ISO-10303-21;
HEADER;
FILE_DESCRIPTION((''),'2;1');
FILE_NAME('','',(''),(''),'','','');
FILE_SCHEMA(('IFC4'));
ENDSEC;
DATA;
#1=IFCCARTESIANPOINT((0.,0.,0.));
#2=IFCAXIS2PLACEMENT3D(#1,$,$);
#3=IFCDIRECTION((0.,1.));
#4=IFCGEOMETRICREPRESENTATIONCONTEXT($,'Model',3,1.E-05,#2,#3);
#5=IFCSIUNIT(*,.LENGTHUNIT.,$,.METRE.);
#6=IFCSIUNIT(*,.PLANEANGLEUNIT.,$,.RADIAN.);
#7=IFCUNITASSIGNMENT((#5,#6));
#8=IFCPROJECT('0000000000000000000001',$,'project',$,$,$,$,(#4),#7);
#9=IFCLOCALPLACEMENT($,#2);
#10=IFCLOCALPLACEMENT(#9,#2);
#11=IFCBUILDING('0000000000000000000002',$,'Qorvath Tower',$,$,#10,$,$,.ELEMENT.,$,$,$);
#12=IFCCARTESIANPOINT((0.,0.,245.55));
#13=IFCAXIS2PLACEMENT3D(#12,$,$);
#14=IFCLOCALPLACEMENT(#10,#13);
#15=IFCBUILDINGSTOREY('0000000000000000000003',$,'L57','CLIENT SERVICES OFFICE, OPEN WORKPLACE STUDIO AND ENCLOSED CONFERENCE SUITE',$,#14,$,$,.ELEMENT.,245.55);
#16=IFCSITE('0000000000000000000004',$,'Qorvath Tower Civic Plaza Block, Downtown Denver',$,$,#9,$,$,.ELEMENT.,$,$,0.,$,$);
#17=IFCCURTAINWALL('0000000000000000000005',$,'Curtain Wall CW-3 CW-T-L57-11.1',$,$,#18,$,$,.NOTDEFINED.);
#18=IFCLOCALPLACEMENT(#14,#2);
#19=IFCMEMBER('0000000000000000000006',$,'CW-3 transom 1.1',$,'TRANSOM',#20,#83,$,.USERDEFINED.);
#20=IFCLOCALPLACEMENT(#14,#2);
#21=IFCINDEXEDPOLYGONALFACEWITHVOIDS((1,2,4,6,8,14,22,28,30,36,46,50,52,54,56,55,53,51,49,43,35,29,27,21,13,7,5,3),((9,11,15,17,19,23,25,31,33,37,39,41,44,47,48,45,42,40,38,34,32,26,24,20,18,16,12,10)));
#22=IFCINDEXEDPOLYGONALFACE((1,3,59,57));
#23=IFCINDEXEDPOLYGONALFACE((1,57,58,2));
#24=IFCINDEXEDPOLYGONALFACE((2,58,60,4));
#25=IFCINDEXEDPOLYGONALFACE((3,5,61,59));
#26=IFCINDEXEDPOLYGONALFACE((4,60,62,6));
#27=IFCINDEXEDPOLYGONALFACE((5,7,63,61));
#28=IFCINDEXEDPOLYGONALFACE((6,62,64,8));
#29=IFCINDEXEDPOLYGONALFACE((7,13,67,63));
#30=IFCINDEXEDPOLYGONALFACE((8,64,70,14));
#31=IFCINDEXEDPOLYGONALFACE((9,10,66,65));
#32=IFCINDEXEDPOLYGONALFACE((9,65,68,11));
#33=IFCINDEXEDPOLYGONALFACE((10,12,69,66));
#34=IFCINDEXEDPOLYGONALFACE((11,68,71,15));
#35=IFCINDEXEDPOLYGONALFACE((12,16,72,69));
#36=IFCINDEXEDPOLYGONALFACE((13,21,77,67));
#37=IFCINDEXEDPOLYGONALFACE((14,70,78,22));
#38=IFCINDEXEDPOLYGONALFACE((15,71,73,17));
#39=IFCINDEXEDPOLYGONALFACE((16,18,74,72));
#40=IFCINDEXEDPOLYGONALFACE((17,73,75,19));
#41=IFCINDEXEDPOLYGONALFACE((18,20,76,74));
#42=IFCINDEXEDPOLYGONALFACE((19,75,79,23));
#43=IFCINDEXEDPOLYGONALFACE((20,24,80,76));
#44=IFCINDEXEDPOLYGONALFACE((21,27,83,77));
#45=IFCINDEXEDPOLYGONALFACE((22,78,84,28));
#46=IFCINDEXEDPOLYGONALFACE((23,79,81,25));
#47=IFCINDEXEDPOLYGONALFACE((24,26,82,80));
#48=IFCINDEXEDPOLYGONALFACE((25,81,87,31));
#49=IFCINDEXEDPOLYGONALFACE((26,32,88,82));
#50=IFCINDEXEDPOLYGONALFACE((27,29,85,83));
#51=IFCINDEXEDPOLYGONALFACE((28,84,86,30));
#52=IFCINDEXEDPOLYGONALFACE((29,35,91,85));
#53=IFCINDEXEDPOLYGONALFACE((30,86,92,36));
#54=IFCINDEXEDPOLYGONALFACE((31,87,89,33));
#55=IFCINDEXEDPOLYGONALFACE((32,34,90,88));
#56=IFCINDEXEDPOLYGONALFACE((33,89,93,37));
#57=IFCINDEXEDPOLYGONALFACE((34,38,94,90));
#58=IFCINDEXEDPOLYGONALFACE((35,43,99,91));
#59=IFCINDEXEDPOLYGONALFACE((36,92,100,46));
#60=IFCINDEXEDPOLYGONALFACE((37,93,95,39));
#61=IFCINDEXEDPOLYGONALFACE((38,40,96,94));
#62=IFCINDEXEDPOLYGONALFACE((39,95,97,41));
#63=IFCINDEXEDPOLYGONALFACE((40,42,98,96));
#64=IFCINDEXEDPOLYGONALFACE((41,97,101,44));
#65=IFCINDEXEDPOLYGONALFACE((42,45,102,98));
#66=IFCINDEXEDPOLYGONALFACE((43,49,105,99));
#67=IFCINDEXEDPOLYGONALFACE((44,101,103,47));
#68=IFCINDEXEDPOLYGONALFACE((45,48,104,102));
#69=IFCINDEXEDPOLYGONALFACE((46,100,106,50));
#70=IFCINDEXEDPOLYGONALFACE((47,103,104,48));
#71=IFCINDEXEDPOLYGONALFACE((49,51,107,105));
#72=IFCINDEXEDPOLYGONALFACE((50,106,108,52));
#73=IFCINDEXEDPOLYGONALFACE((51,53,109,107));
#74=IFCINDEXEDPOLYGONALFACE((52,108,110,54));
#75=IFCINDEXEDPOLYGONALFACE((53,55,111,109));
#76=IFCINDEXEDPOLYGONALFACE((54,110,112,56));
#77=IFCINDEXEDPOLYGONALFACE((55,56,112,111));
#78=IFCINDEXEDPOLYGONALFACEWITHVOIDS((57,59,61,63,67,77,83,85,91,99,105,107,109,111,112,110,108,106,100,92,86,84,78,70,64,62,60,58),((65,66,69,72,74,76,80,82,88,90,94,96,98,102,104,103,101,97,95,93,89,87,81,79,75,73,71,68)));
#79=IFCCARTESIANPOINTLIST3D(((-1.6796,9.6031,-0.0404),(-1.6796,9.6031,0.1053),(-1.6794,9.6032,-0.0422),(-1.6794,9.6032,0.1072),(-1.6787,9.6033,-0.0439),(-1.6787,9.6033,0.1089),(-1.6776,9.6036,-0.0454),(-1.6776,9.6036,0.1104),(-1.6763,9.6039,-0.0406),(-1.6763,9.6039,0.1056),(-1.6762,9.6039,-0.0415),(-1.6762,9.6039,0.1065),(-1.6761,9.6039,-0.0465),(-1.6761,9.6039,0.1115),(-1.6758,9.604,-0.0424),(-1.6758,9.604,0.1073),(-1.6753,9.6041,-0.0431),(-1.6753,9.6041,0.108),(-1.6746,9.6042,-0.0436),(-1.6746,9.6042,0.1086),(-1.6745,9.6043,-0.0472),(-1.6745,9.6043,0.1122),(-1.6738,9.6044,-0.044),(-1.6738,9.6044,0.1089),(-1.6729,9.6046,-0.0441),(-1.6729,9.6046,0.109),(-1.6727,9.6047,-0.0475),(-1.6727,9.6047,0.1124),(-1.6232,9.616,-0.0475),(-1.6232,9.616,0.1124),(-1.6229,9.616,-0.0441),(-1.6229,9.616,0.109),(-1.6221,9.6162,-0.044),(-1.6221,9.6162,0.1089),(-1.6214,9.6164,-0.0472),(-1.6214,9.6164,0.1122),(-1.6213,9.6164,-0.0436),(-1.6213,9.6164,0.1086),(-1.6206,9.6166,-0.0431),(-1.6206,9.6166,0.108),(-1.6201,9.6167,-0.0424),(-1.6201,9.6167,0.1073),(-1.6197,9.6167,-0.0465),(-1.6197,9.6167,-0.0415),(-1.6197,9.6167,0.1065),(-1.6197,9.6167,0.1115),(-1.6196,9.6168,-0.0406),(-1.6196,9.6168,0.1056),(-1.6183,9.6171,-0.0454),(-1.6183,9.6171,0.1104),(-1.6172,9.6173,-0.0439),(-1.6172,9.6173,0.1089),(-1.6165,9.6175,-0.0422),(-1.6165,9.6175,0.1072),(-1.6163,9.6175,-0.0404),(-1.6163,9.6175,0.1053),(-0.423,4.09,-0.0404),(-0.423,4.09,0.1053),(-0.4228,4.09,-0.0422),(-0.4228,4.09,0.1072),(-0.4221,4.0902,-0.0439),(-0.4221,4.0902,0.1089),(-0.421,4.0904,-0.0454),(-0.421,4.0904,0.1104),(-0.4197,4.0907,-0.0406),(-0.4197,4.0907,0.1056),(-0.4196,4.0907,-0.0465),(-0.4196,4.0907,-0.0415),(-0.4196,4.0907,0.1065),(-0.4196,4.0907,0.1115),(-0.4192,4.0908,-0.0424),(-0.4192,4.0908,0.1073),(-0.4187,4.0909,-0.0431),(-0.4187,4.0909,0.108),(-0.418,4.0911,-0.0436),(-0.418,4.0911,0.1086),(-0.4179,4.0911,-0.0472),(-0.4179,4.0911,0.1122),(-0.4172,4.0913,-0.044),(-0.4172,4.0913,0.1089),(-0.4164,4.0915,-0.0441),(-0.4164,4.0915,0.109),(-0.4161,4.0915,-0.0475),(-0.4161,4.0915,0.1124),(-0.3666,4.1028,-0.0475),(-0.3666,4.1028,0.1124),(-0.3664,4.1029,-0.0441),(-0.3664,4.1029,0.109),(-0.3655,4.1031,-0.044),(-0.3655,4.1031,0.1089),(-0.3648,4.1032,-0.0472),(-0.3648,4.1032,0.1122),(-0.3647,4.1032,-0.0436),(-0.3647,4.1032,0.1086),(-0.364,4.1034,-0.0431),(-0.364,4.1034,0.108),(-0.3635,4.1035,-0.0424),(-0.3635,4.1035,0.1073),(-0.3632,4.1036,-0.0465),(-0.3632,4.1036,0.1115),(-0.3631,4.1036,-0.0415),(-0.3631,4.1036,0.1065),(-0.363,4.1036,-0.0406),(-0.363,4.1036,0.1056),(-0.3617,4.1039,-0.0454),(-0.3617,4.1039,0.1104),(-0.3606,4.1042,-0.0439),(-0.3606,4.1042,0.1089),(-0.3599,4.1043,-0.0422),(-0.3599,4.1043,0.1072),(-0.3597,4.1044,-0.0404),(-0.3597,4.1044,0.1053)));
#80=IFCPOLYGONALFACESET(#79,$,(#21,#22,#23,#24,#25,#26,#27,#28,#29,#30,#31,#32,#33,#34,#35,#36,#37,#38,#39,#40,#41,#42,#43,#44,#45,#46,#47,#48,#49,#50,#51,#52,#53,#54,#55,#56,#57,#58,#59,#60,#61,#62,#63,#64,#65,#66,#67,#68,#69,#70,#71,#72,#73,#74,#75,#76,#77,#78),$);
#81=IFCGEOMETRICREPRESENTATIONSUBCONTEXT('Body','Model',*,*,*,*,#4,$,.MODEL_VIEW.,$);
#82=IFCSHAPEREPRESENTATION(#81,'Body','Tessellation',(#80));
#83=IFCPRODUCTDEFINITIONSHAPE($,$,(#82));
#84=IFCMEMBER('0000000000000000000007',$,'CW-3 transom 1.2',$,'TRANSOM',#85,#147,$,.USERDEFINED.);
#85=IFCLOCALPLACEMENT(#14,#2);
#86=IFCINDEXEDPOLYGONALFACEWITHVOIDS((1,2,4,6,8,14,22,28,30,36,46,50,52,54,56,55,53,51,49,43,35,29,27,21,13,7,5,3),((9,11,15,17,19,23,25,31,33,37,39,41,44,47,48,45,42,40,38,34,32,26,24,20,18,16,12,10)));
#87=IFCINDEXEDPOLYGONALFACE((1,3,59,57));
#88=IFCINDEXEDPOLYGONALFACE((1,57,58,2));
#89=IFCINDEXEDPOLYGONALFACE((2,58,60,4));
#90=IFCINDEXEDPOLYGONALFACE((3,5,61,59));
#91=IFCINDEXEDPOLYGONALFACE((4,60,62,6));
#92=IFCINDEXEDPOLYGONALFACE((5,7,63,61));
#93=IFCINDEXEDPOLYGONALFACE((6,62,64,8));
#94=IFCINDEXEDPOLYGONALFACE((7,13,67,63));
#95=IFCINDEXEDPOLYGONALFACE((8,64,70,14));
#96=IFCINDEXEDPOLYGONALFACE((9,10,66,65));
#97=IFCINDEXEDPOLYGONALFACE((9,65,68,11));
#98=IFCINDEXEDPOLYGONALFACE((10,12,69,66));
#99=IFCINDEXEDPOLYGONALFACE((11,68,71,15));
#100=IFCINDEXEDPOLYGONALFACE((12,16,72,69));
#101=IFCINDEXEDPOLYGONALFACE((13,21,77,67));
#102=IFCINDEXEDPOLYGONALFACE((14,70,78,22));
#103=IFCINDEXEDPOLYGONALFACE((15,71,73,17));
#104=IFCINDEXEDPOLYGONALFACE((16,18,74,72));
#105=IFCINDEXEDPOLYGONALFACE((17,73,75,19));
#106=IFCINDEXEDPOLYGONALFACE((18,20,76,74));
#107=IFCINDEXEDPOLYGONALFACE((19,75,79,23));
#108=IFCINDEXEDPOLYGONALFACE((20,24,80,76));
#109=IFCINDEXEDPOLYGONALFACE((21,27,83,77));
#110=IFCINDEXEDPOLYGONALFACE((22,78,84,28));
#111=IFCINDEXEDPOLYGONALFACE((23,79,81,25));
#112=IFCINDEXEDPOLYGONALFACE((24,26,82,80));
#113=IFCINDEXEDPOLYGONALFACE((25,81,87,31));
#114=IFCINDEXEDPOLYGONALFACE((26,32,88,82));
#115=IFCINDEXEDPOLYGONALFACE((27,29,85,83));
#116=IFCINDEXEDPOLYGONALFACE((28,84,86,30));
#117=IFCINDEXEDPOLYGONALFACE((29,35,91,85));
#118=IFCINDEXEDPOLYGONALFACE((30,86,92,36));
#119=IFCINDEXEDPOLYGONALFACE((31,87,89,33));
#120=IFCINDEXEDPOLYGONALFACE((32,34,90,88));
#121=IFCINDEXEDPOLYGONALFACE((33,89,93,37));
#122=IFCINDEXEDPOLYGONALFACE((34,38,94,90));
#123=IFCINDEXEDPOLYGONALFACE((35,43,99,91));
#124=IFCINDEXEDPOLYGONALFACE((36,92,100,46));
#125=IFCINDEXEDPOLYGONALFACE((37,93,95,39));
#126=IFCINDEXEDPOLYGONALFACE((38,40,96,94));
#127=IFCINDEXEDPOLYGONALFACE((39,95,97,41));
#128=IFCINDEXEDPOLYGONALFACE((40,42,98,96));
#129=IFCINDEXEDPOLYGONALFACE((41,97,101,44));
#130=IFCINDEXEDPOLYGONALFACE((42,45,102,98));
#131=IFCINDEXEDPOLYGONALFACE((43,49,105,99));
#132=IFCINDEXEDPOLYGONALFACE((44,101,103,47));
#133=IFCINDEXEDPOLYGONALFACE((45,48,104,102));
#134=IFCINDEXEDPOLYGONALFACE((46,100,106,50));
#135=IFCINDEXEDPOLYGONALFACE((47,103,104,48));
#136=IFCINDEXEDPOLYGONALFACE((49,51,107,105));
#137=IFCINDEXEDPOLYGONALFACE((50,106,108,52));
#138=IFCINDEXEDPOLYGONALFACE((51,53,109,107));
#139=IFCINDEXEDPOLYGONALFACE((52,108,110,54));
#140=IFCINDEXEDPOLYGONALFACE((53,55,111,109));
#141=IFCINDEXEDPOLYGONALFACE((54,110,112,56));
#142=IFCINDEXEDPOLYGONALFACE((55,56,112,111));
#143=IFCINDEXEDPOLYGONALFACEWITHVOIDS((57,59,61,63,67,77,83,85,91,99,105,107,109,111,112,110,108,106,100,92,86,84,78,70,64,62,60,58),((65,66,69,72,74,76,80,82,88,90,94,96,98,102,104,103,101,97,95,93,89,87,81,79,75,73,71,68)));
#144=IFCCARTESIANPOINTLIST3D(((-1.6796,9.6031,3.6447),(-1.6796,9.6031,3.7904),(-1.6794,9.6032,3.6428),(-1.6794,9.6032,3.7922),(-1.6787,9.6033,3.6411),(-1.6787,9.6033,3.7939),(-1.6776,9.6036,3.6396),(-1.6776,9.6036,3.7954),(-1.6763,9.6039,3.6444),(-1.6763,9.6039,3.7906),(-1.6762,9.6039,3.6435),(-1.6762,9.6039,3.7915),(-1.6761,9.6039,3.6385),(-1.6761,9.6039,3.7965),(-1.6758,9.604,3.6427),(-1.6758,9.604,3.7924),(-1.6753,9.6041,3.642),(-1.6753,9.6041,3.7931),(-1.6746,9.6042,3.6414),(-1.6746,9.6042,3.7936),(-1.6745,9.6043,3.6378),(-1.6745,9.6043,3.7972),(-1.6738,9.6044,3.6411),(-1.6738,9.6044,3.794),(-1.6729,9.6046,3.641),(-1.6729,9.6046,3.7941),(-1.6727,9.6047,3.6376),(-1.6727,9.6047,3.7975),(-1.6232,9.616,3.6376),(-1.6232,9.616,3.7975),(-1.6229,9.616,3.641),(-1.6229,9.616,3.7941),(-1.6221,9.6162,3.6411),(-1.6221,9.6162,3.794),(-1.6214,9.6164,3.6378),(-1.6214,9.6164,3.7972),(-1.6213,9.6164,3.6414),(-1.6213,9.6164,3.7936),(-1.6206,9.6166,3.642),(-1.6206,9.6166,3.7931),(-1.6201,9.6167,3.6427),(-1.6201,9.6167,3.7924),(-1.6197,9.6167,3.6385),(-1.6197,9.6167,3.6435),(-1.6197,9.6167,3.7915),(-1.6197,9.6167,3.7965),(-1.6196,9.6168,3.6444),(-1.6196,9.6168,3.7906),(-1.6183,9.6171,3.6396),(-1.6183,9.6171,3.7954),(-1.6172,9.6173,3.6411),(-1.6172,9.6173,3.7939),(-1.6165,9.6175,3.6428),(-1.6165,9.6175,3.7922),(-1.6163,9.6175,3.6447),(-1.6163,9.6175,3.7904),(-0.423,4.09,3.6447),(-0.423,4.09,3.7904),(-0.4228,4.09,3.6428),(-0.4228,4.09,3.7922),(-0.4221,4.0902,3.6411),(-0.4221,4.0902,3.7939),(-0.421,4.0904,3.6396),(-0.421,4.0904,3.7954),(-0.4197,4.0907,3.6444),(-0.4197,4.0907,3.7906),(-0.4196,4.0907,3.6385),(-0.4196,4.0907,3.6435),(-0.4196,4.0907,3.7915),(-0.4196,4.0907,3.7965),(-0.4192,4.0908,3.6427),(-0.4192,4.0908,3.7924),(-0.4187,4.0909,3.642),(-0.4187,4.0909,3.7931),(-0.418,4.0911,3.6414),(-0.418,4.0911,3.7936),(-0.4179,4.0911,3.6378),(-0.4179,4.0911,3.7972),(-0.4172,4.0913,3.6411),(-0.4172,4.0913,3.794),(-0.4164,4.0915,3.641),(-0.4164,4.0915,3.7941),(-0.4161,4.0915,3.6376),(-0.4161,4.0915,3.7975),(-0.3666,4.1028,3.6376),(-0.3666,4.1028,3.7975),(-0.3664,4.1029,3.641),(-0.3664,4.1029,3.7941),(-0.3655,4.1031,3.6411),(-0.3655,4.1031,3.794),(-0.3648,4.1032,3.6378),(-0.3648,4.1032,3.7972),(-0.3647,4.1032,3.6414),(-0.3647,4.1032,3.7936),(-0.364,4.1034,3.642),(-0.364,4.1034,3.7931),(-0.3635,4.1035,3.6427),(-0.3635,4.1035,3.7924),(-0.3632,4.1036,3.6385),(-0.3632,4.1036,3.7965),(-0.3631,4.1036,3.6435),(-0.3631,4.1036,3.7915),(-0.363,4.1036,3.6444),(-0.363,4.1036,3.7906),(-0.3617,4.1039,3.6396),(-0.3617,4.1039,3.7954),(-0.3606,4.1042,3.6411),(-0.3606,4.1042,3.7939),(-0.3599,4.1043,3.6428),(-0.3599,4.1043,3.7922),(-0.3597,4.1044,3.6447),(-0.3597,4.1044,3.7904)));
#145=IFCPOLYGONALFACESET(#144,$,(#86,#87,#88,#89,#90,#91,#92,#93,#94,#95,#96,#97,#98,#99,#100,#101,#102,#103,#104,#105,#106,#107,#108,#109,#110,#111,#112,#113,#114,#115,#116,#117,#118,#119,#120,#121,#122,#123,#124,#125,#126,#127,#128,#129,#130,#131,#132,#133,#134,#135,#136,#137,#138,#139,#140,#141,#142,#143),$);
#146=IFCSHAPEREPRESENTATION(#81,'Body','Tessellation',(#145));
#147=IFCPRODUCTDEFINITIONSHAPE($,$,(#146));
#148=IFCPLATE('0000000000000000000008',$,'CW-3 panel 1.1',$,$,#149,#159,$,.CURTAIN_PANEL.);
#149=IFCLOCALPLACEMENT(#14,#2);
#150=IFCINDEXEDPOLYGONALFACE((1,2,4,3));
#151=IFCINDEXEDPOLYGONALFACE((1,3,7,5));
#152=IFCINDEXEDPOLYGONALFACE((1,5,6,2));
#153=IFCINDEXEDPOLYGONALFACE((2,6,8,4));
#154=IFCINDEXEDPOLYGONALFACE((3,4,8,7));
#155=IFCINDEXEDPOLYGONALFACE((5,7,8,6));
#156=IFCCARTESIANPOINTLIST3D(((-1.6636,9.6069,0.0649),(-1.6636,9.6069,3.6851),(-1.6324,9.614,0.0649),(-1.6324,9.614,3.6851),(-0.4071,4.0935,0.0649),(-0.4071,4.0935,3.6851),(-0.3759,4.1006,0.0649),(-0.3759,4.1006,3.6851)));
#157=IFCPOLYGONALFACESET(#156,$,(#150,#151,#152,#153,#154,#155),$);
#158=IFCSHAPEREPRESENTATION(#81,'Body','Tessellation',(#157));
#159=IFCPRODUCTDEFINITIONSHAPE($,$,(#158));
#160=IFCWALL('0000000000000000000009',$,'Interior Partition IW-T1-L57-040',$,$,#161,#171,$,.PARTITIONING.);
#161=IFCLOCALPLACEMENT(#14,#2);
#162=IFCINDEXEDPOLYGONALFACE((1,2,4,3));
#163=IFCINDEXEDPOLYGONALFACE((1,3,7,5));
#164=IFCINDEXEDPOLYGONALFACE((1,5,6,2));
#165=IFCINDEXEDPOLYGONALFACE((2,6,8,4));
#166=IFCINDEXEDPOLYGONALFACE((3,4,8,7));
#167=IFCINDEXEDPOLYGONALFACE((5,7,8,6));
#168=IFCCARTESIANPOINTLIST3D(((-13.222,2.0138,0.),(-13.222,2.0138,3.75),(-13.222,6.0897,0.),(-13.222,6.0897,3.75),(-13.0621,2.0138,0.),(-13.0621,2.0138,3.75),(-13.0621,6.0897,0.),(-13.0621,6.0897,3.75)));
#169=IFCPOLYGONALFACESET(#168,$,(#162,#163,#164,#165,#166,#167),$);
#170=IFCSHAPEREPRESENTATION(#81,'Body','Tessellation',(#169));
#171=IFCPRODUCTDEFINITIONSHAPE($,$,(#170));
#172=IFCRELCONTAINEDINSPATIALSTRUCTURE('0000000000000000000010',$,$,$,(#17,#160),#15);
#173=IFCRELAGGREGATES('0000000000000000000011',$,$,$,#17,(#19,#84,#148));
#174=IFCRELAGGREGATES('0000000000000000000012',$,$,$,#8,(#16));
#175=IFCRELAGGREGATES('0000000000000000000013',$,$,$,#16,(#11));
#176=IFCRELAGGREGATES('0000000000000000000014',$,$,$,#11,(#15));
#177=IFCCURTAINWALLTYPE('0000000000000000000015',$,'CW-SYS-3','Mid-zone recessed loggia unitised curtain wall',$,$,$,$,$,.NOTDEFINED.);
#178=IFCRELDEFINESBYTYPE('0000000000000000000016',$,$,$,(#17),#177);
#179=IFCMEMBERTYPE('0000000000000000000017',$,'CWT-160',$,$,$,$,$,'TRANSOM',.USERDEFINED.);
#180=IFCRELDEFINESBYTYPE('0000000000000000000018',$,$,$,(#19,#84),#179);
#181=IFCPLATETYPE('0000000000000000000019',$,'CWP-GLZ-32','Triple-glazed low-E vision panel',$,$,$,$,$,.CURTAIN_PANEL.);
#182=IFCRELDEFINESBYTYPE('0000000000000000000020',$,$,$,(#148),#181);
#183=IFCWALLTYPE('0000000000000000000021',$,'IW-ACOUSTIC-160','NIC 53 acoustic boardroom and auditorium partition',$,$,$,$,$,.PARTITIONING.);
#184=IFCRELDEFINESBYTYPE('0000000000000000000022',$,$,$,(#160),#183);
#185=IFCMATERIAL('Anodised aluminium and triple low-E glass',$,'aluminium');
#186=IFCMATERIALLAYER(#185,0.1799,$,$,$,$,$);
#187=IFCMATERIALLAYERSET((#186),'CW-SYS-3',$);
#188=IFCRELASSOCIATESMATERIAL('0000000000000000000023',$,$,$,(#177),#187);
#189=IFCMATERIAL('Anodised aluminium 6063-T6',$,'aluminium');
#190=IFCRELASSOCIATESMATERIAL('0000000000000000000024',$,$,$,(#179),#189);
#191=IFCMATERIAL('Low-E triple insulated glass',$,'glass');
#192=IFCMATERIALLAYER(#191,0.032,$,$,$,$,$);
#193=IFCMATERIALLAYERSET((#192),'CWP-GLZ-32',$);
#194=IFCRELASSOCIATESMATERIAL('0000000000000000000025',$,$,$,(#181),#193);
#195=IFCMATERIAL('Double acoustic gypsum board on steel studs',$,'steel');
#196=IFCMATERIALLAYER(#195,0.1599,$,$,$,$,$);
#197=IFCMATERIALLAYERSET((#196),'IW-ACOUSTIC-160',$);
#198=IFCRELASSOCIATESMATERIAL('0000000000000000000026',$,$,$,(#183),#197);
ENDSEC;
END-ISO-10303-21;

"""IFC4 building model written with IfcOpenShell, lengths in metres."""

from ifc_helpers import new_model, si_unit, direction, frame, frame_2d, origin, origin_2d, place, context, subcontext, project, spatial, rectangle, hollow_rectangle, extrude, material, layer, layer_set, material_profile, profile_set, type_object, element, aggregate, save


model = new_model("IFC4")

# Units and contexts
model_context = context("Model", 3, precision=1e-05, world=origin(), true_north=direction((0.0, 1.0)))
body_context = subcontext(model_context, "Body", "Model", "MODEL_VIEW")
ifc_project = project(units=[si_unit("LENGTHUNIT", "METRE"), si_unit("PLANEANGLEUNIT", "RADIAN")], contexts=[model_context])

# Site, building, storey
site_placement = place(None, origin())
site = spatial("IfcSite", under=ifc_project, at=site_placement, Name="Qorvath Tower Civic Plaza Block, Downtown Denver", CompositionType="ELEMENT", RefElevation=0.0)
building_placement = place(site_placement, origin())
building = spatial("IfcBuilding", under=site, at=building_placement, Name="Qorvath Tower", CompositionType="ELEMENT")
storey_placement = place(building_placement, frame((0.0, 0.0, 245.55)))
storey = spatial("IfcBuildingStorey", under=building, at=storey_placement, Name="L57", Description="CLIENT SERVICES OFFICE, OPEN WORKPLACE STUDIO AND ENCLOSED CONFERENCE SUITE", CompositionType="ELEMENT", Elevation=245.55)

# Shared definitions
ifc_material_1 = material(Name="Anodised aluminium and triple low-E glass", Category="aluminium")
ifc_layer_1 = layer(ifc_material_1, 0.1799)
ifc_layer_set_1 = layer_set([ifc_layer_1], Name="CW-SYS-3")
curtain_wall_type = type_object("IfcCurtainWallType", Name="CW-SYS-3", Description="Mid-zone recessed loggia unitised curtain wall", PredefinedType="NOTDEFINED", material=ifc_layer_set_1)

# Curtain wall, members, plate
curtain_wall_1_placement = place(storey_placement, origin())
curtain_wall_1 = element("IfcCurtainWall", 1, at=curtain_wall_1_placement, inside=storey, type_object=curtain_wall_type, Name="Curtain Wall CW-3 CW-T-L57-11.1", PredefinedType="NOTDEFINED")
ifc_material_2 = material(Name="Anodised aluminium 6063-T6", Category="aluminium")
ifc_material_profile_1 = material_profile(ifc_material_2, hollow_rectangle(XDim=0.0649, YDim=0.1599, WallThickness=0.0034, InnerFilletRadius=0.0034, OuterFilletRadius=0.0071, at=origin_2d()), Name="CWT 160x65")
ifc_profile_set_1 = profile_set([ifc_material_profile_1], Name="Anodised aluminium 6063-T6")
member_type_1 = type_object("IfcMemberType", Name="CWT-160", ElementType="TRANSOM", PredefinedType="USERDEFINED", material=ifc_profile_set_1)
member_1_placement = place(storey_placement, frame((-0.3914, 4.0972, 0.0325), z_axis=(-0.222226, 0.974995, 0.0), x_axis=(-0.974995, -0.222226, 0.0)))
member_1 = element("IfcMember", 2, at=member_1_placement, type_object=member_type_1, Name="CW-3 transom 1.1", ObjectType="TRANSOM", PredefinedType="USERDEFINED", context=body_context, shape_type="SweptSolid", body=[
    extrude(hollow_rectangle(XDim=0.0649, YDim=0.1599, WallThickness=0.0034, InnerFilletRadius=0.0034, OuterFilletRadius=0.0071, at=origin_2d()), origin(), (0.0, 0.0, 1.0), 5.6545),
])
member_2_placement = place(storey_placement, frame((-0.3914, 4.0972, 3.7175), z_axis=(-0.222226, 0.974995, 0.0), x_axis=(-0.974995, -0.222226, 0.0)))
member_2 = element("IfcMember", 3, at=member_2_placement, type_object=member_type_1, Name="CW-3 transom 1.2", ObjectType="TRANSOM", PredefinedType="USERDEFINED", context=body_context, shape_type="SweptSolid", body=[
    extrude(hollow_rectangle(XDim=0.0649, YDim=0.1599, WallThickness=0.0034, InnerFilletRadius=0.0034, OuterFilletRadius=0.0071, at=origin_2d()), origin(), (0.0, 0.0, 1.0), 5.6545),
])
ifc_material_3 = material(Name="Low-E triple insulated glass", Category="glass")
ifc_layer_2 = layer(ifc_material_3, 0.032)
ifc_layer_set_2 = layer_set([ifc_layer_2], Name="CWP-GLZ-32")
plate_type = type_object("IfcPlateType", Name="CWP-GLZ-32", Description="Triple-glazed low-E vision panel", PredefinedType="CURTAIN_PANEL", material=ifc_layer_set_2)
plate_placement = place(storey_placement, frame((-1.0198, 6.8538, 0.0649), z_axis=(0.0, 0.0, 1.0), x_axis=(-0.222206, 0.975, 0.0)))
plate = element("IfcPlate", 4, at=plate_placement, type_object=plate_type, Name="CW-3 panel 1.1", PredefinedType="CURTAIN_PANEL", context=body_context, shape_type="SweptSolid", body=[
    extrude(rectangle(XDim=5.6548, YDim=0.032, at=origin_2d()), origin(), (0.0, 0.0, 1.0), 3.6201),
])
aggregate(curtain_wall_1, [member_1, member_2, plate])

# Wall
ifc_material_4 = material(Name="Double acoustic gypsum board on steel studs", Category="steel")
ifc_layer_3 = layer(ifc_material_4, 0.1599)
ifc_layer_set_3 = layer_set([ifc_layer_3], Name="IW-ACOUSTIC-160")
wall_type_1 = type_object("IfcWallType", Name="IW-ACOUSTIC-160", Description="NIC 53 acoustic boardroom and auditorium partition", PredefinedType="PARTITIONING", material=ifc_layer_set_3)
wall_1_placement = place(storey_placement, frame((-13.1421, 6.0898, 0.0), z_axis=(0.0, 0.0, 1.0), x_axis=(0.0, -1.0, 0.0)))
element("IfcWall", 5, at=wall_1_placement, inside=storey, type_object=wall_type_1, Name="Interior Partition IW-T1-L57-040", PredefinedType="PARTITIONING", context=body_context, shape_type="SweptSolid", body=[
    extrude(rectangle(XDim=4.0759, YDim=0.1599, at=frame_2d((2.0381, 0.0))), origin(), (0.0, 0.0, 1.0), 3.75),
])

save(model, "model.ifc")
